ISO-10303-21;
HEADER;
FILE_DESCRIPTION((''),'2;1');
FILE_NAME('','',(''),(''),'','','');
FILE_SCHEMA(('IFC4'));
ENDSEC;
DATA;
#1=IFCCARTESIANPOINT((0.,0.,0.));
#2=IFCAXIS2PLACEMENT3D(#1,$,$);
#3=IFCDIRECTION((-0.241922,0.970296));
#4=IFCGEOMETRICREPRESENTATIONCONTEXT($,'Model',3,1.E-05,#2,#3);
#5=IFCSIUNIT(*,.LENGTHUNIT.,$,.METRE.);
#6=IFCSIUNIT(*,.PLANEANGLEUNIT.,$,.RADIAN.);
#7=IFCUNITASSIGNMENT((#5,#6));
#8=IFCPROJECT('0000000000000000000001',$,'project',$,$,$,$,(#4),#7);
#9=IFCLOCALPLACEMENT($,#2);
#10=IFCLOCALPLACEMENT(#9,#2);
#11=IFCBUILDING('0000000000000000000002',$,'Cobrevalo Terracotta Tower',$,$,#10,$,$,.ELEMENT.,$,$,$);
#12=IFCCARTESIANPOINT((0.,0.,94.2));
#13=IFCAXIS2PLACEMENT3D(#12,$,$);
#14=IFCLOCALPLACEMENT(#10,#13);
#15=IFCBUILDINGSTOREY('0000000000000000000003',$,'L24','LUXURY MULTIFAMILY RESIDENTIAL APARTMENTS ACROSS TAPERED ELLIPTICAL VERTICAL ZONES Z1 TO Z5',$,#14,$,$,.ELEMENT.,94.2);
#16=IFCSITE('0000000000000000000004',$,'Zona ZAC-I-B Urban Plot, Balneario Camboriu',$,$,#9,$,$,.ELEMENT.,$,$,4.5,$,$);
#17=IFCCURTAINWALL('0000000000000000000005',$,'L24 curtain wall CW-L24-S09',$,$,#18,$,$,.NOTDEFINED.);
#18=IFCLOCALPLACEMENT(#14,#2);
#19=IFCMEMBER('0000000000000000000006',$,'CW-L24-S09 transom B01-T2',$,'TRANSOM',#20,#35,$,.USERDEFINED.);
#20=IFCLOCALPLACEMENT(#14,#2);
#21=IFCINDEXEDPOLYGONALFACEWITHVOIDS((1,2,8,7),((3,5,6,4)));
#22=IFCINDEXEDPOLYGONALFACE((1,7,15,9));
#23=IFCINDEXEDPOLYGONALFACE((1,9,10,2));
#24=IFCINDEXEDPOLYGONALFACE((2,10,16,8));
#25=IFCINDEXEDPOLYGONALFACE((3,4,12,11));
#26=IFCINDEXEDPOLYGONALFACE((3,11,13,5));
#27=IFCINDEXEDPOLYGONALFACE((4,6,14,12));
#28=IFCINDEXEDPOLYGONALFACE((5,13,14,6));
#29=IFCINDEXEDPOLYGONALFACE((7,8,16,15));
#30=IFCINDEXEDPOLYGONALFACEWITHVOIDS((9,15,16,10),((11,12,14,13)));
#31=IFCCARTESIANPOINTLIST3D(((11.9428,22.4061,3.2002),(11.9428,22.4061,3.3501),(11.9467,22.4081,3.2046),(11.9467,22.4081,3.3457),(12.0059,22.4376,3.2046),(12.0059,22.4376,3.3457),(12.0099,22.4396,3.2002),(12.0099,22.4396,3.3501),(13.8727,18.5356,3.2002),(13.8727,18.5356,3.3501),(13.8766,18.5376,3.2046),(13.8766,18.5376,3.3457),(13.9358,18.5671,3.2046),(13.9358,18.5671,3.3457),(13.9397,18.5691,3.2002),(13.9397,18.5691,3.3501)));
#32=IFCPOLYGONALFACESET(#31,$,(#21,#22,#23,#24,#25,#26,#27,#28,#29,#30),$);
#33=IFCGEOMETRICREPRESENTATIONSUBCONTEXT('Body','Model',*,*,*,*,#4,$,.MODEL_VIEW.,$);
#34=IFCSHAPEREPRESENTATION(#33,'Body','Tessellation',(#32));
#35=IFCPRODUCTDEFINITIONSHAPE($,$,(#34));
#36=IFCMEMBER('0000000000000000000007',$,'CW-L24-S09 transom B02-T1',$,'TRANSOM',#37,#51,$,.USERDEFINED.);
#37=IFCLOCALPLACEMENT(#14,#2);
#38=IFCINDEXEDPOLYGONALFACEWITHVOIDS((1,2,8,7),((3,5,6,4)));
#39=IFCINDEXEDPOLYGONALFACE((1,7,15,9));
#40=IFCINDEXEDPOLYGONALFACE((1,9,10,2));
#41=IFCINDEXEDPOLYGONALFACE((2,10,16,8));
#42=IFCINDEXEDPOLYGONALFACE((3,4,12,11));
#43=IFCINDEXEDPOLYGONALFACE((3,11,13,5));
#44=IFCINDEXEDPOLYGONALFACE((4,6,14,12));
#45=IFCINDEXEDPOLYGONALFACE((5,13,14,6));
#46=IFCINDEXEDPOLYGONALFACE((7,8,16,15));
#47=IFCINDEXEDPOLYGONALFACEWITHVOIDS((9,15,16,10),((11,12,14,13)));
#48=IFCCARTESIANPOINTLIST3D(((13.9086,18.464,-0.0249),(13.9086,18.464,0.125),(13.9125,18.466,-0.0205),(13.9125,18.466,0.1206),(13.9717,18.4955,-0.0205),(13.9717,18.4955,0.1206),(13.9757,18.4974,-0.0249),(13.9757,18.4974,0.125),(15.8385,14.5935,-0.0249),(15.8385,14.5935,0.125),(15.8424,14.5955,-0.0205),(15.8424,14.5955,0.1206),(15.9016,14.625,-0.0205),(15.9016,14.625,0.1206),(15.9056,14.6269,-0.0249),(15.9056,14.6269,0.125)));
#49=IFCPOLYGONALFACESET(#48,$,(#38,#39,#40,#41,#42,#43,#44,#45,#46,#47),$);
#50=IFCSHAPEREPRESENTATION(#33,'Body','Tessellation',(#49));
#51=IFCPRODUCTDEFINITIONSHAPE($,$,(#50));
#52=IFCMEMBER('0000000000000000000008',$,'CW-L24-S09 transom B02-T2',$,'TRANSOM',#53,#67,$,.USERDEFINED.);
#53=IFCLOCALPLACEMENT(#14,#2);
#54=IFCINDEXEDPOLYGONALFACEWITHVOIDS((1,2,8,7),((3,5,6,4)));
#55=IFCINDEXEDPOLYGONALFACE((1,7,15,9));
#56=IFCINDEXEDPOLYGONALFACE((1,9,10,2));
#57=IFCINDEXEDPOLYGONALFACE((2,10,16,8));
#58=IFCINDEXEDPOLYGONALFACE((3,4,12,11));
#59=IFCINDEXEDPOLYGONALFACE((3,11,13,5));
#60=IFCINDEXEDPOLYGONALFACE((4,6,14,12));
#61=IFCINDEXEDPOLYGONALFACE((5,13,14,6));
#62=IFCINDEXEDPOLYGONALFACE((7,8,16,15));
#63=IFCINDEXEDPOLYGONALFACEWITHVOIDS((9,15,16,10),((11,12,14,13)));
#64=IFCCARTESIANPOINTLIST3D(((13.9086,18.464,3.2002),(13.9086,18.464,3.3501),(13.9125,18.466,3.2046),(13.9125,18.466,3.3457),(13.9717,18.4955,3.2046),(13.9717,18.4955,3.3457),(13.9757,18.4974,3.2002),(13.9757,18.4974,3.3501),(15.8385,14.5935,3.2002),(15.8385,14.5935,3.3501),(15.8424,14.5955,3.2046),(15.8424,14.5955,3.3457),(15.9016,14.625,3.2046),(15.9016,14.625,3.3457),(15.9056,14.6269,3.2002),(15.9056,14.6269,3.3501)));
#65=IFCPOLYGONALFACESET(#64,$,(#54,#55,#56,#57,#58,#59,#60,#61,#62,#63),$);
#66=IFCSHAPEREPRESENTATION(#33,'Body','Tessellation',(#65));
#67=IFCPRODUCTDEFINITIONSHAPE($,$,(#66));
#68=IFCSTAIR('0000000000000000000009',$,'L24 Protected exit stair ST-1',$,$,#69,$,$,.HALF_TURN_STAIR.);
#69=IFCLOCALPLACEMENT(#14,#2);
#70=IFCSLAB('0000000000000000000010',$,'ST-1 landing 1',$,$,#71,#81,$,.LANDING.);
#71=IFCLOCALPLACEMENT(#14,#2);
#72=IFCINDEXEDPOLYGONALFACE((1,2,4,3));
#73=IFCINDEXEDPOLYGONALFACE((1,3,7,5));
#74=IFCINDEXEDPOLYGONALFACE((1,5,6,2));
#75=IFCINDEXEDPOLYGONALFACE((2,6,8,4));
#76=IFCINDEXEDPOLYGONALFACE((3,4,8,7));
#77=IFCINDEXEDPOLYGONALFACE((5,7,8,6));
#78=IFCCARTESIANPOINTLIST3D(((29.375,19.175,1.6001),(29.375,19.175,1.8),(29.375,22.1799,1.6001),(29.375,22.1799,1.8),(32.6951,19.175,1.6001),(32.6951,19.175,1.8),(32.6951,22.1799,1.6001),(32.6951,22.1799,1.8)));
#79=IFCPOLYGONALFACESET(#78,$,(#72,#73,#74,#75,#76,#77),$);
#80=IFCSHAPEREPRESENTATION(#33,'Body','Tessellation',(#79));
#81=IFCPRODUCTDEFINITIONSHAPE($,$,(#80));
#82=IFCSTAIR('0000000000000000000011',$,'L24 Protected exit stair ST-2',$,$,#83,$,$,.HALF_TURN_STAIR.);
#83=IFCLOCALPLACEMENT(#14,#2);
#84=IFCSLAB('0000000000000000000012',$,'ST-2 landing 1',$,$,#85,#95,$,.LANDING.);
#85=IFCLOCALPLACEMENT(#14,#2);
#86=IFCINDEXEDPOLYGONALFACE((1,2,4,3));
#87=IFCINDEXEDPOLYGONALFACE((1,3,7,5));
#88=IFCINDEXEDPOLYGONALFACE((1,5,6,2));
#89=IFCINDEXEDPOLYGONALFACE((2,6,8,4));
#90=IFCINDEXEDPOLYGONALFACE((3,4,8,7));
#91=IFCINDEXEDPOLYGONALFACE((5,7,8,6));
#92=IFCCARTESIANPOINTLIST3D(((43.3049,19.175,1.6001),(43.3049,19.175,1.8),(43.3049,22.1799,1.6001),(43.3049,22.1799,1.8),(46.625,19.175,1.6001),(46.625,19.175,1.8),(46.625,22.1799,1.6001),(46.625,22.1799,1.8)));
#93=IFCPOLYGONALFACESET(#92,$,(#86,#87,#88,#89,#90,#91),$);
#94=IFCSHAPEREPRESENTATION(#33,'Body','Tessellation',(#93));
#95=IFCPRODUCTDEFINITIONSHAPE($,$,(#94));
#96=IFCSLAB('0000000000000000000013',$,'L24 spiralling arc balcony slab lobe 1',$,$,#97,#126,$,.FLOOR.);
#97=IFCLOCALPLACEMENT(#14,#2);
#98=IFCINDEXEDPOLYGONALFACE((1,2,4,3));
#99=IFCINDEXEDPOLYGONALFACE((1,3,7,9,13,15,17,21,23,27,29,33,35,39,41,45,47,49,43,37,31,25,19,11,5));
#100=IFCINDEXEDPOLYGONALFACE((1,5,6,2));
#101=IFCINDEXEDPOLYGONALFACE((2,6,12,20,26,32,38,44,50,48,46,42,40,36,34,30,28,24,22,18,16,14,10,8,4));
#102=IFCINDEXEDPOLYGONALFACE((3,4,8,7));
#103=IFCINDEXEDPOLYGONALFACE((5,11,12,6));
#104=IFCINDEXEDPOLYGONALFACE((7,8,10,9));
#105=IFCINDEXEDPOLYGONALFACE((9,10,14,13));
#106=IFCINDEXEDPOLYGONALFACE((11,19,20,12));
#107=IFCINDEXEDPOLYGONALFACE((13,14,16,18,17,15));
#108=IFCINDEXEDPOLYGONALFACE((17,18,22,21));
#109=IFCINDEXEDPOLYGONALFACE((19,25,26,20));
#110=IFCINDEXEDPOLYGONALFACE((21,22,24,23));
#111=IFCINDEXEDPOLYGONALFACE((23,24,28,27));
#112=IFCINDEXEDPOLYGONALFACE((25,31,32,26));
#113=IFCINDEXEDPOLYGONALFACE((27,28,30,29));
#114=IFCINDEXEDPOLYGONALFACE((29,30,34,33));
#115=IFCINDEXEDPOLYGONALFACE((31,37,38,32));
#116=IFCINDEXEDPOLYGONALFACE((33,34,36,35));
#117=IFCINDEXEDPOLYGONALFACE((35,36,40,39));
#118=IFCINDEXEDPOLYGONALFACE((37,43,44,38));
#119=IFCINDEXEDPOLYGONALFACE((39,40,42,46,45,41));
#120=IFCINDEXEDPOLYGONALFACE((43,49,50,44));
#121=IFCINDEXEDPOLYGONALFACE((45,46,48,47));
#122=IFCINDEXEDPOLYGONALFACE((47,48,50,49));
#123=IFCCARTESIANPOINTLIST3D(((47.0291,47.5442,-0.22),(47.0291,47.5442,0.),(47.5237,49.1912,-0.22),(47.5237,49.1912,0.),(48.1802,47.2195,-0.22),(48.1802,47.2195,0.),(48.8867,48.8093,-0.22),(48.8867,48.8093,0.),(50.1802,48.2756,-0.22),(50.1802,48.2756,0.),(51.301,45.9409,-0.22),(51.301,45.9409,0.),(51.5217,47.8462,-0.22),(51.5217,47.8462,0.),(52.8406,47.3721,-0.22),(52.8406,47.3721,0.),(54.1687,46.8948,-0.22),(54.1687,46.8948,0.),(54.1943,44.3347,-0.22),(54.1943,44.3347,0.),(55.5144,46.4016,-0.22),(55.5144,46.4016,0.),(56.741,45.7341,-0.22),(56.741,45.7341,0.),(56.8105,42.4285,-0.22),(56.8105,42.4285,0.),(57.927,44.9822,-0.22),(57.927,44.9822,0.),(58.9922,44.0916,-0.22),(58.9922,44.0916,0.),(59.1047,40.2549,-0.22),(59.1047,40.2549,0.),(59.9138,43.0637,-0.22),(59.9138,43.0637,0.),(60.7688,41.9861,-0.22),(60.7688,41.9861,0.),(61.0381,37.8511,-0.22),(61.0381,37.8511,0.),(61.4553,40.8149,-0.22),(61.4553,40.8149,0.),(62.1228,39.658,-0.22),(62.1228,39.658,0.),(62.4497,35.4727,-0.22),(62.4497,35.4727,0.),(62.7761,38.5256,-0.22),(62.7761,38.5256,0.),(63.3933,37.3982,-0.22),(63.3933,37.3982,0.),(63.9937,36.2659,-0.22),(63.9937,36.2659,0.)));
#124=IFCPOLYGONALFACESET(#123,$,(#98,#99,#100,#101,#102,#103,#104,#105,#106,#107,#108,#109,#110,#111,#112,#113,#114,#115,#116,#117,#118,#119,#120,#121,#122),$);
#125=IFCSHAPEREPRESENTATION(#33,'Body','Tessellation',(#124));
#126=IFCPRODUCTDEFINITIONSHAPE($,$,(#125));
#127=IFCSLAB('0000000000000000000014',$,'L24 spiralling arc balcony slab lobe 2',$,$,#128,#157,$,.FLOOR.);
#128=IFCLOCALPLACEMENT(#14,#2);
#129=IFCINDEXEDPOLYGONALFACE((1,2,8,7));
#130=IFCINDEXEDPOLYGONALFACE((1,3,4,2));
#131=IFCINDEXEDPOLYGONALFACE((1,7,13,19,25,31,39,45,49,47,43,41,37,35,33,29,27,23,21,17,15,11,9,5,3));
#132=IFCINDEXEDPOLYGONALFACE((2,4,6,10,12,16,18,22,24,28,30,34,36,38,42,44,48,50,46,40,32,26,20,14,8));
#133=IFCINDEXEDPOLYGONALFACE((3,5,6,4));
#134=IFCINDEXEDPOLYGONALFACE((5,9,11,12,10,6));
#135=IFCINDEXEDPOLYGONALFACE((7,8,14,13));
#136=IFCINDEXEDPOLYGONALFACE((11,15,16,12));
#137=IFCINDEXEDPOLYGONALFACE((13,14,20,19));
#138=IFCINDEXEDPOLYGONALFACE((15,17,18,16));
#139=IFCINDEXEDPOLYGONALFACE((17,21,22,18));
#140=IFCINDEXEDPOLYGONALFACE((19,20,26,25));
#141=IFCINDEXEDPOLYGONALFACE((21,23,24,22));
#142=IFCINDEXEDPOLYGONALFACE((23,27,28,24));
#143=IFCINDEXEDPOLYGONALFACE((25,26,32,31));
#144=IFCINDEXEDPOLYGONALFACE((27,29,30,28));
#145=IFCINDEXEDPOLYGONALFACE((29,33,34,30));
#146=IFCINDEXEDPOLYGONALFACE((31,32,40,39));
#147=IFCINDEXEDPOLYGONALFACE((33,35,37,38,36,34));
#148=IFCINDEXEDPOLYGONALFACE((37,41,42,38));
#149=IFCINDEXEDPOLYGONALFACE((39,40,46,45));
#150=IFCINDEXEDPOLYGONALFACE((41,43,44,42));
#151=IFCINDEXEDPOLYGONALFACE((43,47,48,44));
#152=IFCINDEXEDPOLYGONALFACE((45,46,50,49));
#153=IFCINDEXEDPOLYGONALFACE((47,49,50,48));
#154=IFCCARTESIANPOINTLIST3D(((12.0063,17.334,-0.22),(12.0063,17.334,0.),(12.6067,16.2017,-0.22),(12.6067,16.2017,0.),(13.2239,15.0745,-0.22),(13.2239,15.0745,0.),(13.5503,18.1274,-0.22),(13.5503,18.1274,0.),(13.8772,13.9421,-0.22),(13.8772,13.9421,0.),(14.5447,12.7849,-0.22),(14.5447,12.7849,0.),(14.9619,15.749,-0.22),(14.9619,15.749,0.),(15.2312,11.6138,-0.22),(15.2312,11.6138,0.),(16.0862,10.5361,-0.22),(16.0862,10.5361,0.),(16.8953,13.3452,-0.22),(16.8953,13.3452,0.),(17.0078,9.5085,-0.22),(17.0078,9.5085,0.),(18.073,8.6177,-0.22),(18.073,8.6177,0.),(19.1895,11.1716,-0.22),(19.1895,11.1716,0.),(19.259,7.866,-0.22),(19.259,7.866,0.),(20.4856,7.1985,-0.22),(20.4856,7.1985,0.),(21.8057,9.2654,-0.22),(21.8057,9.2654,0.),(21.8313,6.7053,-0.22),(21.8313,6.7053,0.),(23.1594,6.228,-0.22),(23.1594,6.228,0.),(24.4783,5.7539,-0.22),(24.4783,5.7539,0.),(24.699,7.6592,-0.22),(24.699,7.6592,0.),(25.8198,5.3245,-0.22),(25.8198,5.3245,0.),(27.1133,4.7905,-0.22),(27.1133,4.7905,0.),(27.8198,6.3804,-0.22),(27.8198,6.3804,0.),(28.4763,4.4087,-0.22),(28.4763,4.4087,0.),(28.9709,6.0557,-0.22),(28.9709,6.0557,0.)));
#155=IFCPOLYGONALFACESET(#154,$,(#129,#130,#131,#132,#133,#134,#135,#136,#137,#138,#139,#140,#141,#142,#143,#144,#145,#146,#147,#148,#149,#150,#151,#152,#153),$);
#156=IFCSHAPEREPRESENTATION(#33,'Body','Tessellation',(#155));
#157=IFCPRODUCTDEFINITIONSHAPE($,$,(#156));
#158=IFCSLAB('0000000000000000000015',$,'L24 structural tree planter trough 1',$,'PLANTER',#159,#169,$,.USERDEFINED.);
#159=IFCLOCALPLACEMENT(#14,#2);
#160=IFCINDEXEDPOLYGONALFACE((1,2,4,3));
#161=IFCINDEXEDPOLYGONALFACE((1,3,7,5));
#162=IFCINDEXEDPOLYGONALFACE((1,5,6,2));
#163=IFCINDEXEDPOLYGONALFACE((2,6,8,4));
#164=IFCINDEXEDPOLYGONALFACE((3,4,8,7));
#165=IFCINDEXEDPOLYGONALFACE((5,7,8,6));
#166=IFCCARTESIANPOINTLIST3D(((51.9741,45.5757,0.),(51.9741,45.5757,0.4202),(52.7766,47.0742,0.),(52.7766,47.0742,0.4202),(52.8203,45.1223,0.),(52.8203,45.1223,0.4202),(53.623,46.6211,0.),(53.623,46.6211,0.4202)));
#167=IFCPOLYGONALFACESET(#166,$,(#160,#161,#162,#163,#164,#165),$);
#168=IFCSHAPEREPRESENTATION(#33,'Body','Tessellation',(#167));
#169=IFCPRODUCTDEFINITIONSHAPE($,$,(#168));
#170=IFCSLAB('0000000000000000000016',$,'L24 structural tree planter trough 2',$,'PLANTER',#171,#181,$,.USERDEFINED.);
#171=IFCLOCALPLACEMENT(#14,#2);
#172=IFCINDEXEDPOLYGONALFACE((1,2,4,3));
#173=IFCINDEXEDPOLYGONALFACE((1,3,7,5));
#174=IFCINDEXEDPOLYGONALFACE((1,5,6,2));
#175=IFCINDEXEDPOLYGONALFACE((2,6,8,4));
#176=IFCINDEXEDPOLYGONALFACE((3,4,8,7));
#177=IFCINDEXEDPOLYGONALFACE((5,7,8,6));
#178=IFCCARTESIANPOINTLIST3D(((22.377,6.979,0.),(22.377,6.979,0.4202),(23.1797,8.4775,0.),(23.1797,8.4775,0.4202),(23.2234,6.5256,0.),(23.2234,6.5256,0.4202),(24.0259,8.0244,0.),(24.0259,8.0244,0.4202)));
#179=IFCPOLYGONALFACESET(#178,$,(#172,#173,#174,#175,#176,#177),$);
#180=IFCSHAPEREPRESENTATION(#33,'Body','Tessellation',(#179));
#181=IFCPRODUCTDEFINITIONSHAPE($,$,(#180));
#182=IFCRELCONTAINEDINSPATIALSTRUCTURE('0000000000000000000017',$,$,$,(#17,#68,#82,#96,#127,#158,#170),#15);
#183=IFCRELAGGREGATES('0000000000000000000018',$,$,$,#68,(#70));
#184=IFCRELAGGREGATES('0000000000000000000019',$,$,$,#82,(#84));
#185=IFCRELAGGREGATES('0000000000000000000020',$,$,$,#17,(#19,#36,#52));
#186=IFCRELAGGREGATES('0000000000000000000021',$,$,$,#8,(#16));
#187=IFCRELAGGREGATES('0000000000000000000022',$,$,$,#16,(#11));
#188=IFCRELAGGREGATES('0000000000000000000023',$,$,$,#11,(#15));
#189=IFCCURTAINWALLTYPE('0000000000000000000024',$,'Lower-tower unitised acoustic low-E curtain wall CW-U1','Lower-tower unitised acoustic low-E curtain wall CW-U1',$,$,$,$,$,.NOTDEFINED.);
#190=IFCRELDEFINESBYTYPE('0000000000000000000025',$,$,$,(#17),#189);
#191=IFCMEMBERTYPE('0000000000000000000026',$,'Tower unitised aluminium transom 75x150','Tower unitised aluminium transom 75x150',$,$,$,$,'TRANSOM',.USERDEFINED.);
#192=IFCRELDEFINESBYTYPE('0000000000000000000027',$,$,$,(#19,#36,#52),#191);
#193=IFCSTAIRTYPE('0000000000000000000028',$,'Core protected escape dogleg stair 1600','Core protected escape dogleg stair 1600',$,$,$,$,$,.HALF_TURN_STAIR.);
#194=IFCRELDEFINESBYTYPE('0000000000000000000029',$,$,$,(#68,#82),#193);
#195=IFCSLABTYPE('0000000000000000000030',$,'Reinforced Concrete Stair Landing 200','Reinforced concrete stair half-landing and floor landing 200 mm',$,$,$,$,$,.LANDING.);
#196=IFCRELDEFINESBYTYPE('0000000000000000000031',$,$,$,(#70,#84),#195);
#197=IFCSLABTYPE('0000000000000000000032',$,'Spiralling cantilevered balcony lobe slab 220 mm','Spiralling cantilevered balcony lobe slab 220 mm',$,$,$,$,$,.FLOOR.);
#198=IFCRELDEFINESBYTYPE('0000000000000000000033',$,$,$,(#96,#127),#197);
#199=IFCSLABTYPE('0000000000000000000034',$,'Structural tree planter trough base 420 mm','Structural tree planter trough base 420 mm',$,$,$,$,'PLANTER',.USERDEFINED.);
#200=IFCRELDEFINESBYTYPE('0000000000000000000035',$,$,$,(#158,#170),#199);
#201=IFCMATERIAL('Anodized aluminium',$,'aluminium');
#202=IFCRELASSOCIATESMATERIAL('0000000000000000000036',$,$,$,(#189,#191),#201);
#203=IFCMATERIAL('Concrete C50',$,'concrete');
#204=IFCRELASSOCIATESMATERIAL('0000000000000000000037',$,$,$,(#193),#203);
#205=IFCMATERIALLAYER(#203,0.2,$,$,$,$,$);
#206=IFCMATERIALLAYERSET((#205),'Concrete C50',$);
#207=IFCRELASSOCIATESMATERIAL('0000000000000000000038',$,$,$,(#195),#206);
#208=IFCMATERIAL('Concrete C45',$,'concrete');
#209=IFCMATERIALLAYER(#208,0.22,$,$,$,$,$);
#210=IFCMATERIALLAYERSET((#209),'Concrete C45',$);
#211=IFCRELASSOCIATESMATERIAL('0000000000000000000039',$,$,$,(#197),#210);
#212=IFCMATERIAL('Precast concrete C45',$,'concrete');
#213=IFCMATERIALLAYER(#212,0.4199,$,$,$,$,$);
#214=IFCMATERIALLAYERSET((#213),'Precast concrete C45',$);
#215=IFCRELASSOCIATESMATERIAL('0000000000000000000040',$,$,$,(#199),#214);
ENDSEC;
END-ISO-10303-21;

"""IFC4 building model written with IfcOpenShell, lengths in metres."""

from ifc_helpers import new_model, si_unit, direction, frame, origin, origin_2d, place, context, subcontext, project, spatial, polyline, hollow_rectangle, outline, extrude, source, transform, mapped, material, layer, layer_set, material_profile, profile_set, type_object, element, aggregate, save


model = new_model("IFC4")

# Units and contexts
model_context = context("Model", 3, precision=1e-05, world=origin(), true_north=direction((-0.241922, 0.970296)))
body_context = subcontext(model_context, "Body", "Model", "MODEL_VIEW")
ifc_project = project(units=[si_unit("LENGTHUNIT", "METRE"), si_unit("PLANEANGLEUNIT", "RADIAN")], contexts=[model_context])

# Site, building, storey
site_placement = place(None, origin())
site = spatial("IfcSite", under=ifc_project, at=site_placement, Name="Zona ZAC-I-B Urban Plot, Balneario Camboriu", CompositionType="ELEMENT", RefElevation=4.5)
building_placement = place(site_placement, origin())
building = spatial("IfcBuilding", under=site, at=building_placement, Name="Cobrevalo Terracotta Tower", CompositionType="ELEMENT")
storey_placement = place(building_placement, frame((0.0, 0.0, 94.2)))
storey = spatial("IfcBuildingStorey", under=building, at=storey_placement, Name="L24", Description="LUXURY MULTIFAMILY RESIDENTIAL APARTMENTS ACROSS TAPERED ELLIPTICAL VERTICAL ZONES Z1 TO Z5", CompositionType="ELEMENT", Elevation=94.2)

# Curtain wall, members
ifc_material_1 = material(Name="Anodized aluminium", Category="aluminium")
curtain_wall_type = type_object("IfcCurtainWallType", Name="Lower-tower unitised acoustic low-E curtain wall CW-U1", Description="Lower-tower unitised acoustic low-E curtain wall CW-U1", PredefinedType="NOTDEFINED", material=ifc_material_1)
curtain_wall_placement = place(storey_placement, origin())
curtain_wall = element("IfcCurtainWall", 1, at=curtain_wall_placement, inside=storey, type_object=curtain_wall_type, Name="L24 curtain wall CW-L24-S09", PredefinedType="NOTDEFINED")
ifc_material_profile_1 = material_profile(ifc_material_1, hollow_rectangle(XDim=0.075, YDim=0.1499, WallThickness=0.0044, at=origin_2d()), Name="CWT 75x150")
ifc_profile_set_1 = profile_set([ifc_material_profile_1], Name="Anodized aluminium")
member_type_1 = type_object("IfcMemberType", Name="Tower unitised aluminium transom 75x150", Description="Tower unitised aluminium transom 75x150", ElementType="TRANSOM", PredefinedType="USERDEFINED", material=ifc_profile_set_1)
shared_shape_1 = source(origin(), body_context, "Body", "SweptSolid", [
    extrude(hollow_rectangle(XDim=0.075, YDim=0.1499, WallThickness=0.0044, at=origin_2d()), origin(), (0.0, 0.0, 1.0), 4.325),
])
member_1_placement = place(storey_placement, frame((11.9763, 22.4229, 3.2751), z_axis=(0.44622, -0.894923, 0.0), x_axis=(0.894923, 0.44622, 0.0)))
member_1 = element("IfcMember", 2, at=member_1_placement, type_object=member_type_1, Name="CW-L24-S09 transom B01-T2", ObjectType="TRANSOM", PredefinedType="USERDEFINED", context=body_context, shape_type="MappedRepresentation", body=[
    mapped(shared_shape_1, transform((0.0, 0.0, 0.0), scale=1.0)),
])
member_2_placement = place(storey_placement, frame((13.9421, 18.4807, 0.05), z_axis=(0.44622, -0.894923, 0.0), x_axis=(0.894923, 0.44622, 0.0)))
member_2 = element("IfcMember", 3, at=member_2_placement, type_object=member_type_1, Name="CW-L24-S09 transom B02-T1", ObjectType="TRANSOM", PredefinedType="USERDEFINED", context=body_context, shape_type="MappedRepresentation", body=[
    mapped(shared_shape_1, transform((0.0, 0.0, 0.0), scale=1.0)),
])
member_3_placement = place(storey_placement, frame((13.9421, 18.4807, 3.2751), z_axis=(0.44622, -0.894923, 0.0), x_axis=(0.894923, 0.44622, 0.0)))
member_3 = element("IfcMember", 4, at=member_3_placement, type_object=member_type_1, Name="CW-L24-S09 transom B02-T2", ObjectType="TRANSOM", PredefinedType="USERDEFINED", context=body_context, shape_type="MappedRepresentation", body=[
    mapped(shared_shape_1, transform((0.0, 0.0, 0.0), scale=1.0)),
])

# Stairs, slabs
ifc_material_2 = material(Name="Concrete C50", Category="concrete")
stair_type = type_object("IfcStairType", Name="Core protected escape dogleg stair 1600", Description="Core protected escape dogleg stair 1600", PredefinedType="HALF_TURN_STAIR", material=ifc_material_2)
stair_1_placement = place(storey_placement, origin())
stair_1 = element("IfcStair", 5, at=stair_1_placement, inside=storey, type_object=stair_type, Name="L24 Protected exit stair ST-1", PredefinedType="HALF_TURN_STAIR")
ifc_layer_1 = layer(ifc_material_2, 0.2)
ifc_layer_set_1 = layer_set([ifc_layer_1], Name="Concrete C50")
slab_type_1 = type_object("IfcSlabType", Name="Reinforced Concrete Stair Landing 200", Description="Reinforced concrete stair half-landing and floor landing 200 mm", PredefinedType="LANDING", material=ifc_layer_set_1)
slab_1_placement = place(storey_placement, frame((0.0, 0.0, 1.6001)))
slab_1 = element("IfcSlab", 6, at=slab_1_placement, type_object=slab_type_1, Name="ST-1 landing 1", PredefinedType="LANDING", context=body_context, shape_type="SweptSolid", body=[
    extrude(outline(polyline([(29.375, 22.1799), (29.375, 19.175), (32.6951, 19.175), (32.6951, 22.1799), (29.375, 22.1799)])), origin(), (0.0, 0.0, 1.0), 0.2),
])
aggregate(stair_1, [slab_1])
stair_2_placement = place(storey_placement, origin())
stair_2 = element("IfcStair", 7, at=stair_2_placement, inside=storey, type_object=stair_type, Name="L24 Protected exit stair ST-2", PredefinedType="HALF_TURN_STAIR")
slab_2_placement = place(storey_placement, frame((0.0, 0.0, 1.6001)))
slab_2 = element("IfcSlab", 8, at=slab_2_placement, type_object=slab_type_1, Name="ST-2 landing 1", PredefinedType="LANDING", context=body_context, shape_type="SweptSolid", body=[
    extrude(outline(polyline([(43.3049, 22.1799), (43.3049, 19.175), (46.625, 19.175), (46.625, 22.1799), (43.3049, 22.1799)])), origin(), (0.0, 0.0, 1.0), 0.2),
])
aggregate(stair_2, [slab_2])

# Slabs
ifc_material_3 = material(Name="Concrete C45", Category="concrete")
ifc_layer_2 = layer(ifc_material_3, 0.22)
ifc_layer_set_2 = layer_set([ifc_layer_2], Name="Concrete C45")
slab_type_2 = type_object("IfcSlabType", Name="Spiralling cantilevered balcony lobe slab 220 mm", Description="Spiralling cantilevered balcony lobe slab 220 mm", PredefinedType="FLOOR", material=ifc_layer_set_2)
slab_3_placement = place(storey_placement, frame((0.0, 0.0, -0.22)))
element("IfcSlab", 9, at=slab_3_placement, inside=storey, type_object=slab_type_2, Name="L24 spiralling arc balcony slab lobe 1", PredefinedType="FLOOR", context=body_context, shape_type="SweptSolid", body=[
    extrude(outline(polyline([(63.9937, 36.2659), (63.3933, 37.3982), (62.7761, 38.5256), (62.1228, 39.658), (61.4553, 40.8149), (60.7688, 41.9861), (59.9138, 43.0637), (58.9922, 44.0916), (57.927, 44.9822), (56.741, 45.7341), (55.5144, 46.4016), (54.1687, 46.8948), (52.8406, 47.3721), (51.5217, 47.8462), (50.1802, 48.2756), (48.8867, 48.8093), (47.5237, 49.1912), (47.0291, 47.5442), (48.1802, 47.2195), (51.301, 45.9409), (54.1943, 44.3347), (56.8105, 42.4285), (59.1047, 40.2549), (61.0381, 37.8511), (62.4497, 35.4727), (63.9937, 36.2659)])), origin(), (0.0, 0.0, 1.0), 0.22),
])
slab_4_placement = place(storey_placement, frame((0.0, 0.0, -0.22)))
element("IfcSlab", 10, at=slab_4_placement, inside=storey, type_object=slab_type_2, Name="L24 spiralling arc balcony slab lobe 2", PredefinedType="FLOOR", context=body_context, shape_type="SweptSolid", body=[
    extrude(outline(polyline([(12.0063, 17.334), (12.6067, 16.2017), (13.2239, 15.0745), (13.8772, 13.9421), (14.5447, 12.7849), (15.2312, 11.6138), (16.0862, 10.5361), (17.0078, 9.5085), (18.073, 8.6177), (19.259, 7.866), (20.4856, 7.1985), (21.8313, 6.7053), (23.1594, 6.228), (24.4783, 5.7539), (25.8198, 5.3245), (27.1133, 4.7905), (28.4763, 4.4087), (28.9709, 6.0557), (27.8198, 6.3804), (24.699, 7.6592), (21.8057, 9.2654), (19.1895, 11.1716), (16.8953, 13.3452), (14.9619, 15.749), (13.5503, 18.1274), (12.0063, 17.334)])), origin(), (0.0, 0.0, 1.0), 0.22),
])
ifc_material_4 = material(Name="Precast concrete C45", Category="concrete")
ifc_layer_3 = layer(ifc_material_4, 0.4199)
ifc_layer_set_3 = layer_set([ifc_layer_3], Name="Precast concrete C45")
slab_type_3 = type_object("IfcSlabType", Name="Structural tree planter trough base 420 mm", Description="Structural tree planter trough base 420 mm", ElementType="PLANTER", PredefinedType="USERDEFINED", material=ifc_layer_set_3)
slab_5_placement = place(storey_placement, origin())
element("IfcSlab", 11, at=slab_5_placement, inside=storey, type_object=slab_type_3, Name="L24 structural tree planter trough 1", ObjectType="PLANTER", PredefinedType="USERDEFINED", context=body_context, shape_type="SweptSolid", body=[
    extrude(outline(polyline([(52.8203, 45.1223), (53.623, 46.6211), (52.7766, 47.0742), (51.9741, 45.5757), (52.8203, 45.1223)])), origin(), (0.0, 0.0, 1.0), 0.4202),
])
slab_6_placement = place(storey_placement, origin())
element("IfcSlab", 12, at=slab_6_placement, inside=storey, type_object=slab_type_3, Name="L24 structural tree planter trough 2", ObjectType="PLANTER", PredefinedType="USERDEFINED", context=body_context, shape_type="SweptSolid", body=[
    extrude(outline(polyline([(23.1797, 8.4775), (22.377, 6.979), (23.2234, 6.5256), (24.0259, 8.0244), (23.1797, 8.4775)])), origin(), (0.0, 0.0, 1.0), 0.4202),
])

aggregate(curtain_wall, [member_1, member_2, member_3])

save(model, "model.ifc")
